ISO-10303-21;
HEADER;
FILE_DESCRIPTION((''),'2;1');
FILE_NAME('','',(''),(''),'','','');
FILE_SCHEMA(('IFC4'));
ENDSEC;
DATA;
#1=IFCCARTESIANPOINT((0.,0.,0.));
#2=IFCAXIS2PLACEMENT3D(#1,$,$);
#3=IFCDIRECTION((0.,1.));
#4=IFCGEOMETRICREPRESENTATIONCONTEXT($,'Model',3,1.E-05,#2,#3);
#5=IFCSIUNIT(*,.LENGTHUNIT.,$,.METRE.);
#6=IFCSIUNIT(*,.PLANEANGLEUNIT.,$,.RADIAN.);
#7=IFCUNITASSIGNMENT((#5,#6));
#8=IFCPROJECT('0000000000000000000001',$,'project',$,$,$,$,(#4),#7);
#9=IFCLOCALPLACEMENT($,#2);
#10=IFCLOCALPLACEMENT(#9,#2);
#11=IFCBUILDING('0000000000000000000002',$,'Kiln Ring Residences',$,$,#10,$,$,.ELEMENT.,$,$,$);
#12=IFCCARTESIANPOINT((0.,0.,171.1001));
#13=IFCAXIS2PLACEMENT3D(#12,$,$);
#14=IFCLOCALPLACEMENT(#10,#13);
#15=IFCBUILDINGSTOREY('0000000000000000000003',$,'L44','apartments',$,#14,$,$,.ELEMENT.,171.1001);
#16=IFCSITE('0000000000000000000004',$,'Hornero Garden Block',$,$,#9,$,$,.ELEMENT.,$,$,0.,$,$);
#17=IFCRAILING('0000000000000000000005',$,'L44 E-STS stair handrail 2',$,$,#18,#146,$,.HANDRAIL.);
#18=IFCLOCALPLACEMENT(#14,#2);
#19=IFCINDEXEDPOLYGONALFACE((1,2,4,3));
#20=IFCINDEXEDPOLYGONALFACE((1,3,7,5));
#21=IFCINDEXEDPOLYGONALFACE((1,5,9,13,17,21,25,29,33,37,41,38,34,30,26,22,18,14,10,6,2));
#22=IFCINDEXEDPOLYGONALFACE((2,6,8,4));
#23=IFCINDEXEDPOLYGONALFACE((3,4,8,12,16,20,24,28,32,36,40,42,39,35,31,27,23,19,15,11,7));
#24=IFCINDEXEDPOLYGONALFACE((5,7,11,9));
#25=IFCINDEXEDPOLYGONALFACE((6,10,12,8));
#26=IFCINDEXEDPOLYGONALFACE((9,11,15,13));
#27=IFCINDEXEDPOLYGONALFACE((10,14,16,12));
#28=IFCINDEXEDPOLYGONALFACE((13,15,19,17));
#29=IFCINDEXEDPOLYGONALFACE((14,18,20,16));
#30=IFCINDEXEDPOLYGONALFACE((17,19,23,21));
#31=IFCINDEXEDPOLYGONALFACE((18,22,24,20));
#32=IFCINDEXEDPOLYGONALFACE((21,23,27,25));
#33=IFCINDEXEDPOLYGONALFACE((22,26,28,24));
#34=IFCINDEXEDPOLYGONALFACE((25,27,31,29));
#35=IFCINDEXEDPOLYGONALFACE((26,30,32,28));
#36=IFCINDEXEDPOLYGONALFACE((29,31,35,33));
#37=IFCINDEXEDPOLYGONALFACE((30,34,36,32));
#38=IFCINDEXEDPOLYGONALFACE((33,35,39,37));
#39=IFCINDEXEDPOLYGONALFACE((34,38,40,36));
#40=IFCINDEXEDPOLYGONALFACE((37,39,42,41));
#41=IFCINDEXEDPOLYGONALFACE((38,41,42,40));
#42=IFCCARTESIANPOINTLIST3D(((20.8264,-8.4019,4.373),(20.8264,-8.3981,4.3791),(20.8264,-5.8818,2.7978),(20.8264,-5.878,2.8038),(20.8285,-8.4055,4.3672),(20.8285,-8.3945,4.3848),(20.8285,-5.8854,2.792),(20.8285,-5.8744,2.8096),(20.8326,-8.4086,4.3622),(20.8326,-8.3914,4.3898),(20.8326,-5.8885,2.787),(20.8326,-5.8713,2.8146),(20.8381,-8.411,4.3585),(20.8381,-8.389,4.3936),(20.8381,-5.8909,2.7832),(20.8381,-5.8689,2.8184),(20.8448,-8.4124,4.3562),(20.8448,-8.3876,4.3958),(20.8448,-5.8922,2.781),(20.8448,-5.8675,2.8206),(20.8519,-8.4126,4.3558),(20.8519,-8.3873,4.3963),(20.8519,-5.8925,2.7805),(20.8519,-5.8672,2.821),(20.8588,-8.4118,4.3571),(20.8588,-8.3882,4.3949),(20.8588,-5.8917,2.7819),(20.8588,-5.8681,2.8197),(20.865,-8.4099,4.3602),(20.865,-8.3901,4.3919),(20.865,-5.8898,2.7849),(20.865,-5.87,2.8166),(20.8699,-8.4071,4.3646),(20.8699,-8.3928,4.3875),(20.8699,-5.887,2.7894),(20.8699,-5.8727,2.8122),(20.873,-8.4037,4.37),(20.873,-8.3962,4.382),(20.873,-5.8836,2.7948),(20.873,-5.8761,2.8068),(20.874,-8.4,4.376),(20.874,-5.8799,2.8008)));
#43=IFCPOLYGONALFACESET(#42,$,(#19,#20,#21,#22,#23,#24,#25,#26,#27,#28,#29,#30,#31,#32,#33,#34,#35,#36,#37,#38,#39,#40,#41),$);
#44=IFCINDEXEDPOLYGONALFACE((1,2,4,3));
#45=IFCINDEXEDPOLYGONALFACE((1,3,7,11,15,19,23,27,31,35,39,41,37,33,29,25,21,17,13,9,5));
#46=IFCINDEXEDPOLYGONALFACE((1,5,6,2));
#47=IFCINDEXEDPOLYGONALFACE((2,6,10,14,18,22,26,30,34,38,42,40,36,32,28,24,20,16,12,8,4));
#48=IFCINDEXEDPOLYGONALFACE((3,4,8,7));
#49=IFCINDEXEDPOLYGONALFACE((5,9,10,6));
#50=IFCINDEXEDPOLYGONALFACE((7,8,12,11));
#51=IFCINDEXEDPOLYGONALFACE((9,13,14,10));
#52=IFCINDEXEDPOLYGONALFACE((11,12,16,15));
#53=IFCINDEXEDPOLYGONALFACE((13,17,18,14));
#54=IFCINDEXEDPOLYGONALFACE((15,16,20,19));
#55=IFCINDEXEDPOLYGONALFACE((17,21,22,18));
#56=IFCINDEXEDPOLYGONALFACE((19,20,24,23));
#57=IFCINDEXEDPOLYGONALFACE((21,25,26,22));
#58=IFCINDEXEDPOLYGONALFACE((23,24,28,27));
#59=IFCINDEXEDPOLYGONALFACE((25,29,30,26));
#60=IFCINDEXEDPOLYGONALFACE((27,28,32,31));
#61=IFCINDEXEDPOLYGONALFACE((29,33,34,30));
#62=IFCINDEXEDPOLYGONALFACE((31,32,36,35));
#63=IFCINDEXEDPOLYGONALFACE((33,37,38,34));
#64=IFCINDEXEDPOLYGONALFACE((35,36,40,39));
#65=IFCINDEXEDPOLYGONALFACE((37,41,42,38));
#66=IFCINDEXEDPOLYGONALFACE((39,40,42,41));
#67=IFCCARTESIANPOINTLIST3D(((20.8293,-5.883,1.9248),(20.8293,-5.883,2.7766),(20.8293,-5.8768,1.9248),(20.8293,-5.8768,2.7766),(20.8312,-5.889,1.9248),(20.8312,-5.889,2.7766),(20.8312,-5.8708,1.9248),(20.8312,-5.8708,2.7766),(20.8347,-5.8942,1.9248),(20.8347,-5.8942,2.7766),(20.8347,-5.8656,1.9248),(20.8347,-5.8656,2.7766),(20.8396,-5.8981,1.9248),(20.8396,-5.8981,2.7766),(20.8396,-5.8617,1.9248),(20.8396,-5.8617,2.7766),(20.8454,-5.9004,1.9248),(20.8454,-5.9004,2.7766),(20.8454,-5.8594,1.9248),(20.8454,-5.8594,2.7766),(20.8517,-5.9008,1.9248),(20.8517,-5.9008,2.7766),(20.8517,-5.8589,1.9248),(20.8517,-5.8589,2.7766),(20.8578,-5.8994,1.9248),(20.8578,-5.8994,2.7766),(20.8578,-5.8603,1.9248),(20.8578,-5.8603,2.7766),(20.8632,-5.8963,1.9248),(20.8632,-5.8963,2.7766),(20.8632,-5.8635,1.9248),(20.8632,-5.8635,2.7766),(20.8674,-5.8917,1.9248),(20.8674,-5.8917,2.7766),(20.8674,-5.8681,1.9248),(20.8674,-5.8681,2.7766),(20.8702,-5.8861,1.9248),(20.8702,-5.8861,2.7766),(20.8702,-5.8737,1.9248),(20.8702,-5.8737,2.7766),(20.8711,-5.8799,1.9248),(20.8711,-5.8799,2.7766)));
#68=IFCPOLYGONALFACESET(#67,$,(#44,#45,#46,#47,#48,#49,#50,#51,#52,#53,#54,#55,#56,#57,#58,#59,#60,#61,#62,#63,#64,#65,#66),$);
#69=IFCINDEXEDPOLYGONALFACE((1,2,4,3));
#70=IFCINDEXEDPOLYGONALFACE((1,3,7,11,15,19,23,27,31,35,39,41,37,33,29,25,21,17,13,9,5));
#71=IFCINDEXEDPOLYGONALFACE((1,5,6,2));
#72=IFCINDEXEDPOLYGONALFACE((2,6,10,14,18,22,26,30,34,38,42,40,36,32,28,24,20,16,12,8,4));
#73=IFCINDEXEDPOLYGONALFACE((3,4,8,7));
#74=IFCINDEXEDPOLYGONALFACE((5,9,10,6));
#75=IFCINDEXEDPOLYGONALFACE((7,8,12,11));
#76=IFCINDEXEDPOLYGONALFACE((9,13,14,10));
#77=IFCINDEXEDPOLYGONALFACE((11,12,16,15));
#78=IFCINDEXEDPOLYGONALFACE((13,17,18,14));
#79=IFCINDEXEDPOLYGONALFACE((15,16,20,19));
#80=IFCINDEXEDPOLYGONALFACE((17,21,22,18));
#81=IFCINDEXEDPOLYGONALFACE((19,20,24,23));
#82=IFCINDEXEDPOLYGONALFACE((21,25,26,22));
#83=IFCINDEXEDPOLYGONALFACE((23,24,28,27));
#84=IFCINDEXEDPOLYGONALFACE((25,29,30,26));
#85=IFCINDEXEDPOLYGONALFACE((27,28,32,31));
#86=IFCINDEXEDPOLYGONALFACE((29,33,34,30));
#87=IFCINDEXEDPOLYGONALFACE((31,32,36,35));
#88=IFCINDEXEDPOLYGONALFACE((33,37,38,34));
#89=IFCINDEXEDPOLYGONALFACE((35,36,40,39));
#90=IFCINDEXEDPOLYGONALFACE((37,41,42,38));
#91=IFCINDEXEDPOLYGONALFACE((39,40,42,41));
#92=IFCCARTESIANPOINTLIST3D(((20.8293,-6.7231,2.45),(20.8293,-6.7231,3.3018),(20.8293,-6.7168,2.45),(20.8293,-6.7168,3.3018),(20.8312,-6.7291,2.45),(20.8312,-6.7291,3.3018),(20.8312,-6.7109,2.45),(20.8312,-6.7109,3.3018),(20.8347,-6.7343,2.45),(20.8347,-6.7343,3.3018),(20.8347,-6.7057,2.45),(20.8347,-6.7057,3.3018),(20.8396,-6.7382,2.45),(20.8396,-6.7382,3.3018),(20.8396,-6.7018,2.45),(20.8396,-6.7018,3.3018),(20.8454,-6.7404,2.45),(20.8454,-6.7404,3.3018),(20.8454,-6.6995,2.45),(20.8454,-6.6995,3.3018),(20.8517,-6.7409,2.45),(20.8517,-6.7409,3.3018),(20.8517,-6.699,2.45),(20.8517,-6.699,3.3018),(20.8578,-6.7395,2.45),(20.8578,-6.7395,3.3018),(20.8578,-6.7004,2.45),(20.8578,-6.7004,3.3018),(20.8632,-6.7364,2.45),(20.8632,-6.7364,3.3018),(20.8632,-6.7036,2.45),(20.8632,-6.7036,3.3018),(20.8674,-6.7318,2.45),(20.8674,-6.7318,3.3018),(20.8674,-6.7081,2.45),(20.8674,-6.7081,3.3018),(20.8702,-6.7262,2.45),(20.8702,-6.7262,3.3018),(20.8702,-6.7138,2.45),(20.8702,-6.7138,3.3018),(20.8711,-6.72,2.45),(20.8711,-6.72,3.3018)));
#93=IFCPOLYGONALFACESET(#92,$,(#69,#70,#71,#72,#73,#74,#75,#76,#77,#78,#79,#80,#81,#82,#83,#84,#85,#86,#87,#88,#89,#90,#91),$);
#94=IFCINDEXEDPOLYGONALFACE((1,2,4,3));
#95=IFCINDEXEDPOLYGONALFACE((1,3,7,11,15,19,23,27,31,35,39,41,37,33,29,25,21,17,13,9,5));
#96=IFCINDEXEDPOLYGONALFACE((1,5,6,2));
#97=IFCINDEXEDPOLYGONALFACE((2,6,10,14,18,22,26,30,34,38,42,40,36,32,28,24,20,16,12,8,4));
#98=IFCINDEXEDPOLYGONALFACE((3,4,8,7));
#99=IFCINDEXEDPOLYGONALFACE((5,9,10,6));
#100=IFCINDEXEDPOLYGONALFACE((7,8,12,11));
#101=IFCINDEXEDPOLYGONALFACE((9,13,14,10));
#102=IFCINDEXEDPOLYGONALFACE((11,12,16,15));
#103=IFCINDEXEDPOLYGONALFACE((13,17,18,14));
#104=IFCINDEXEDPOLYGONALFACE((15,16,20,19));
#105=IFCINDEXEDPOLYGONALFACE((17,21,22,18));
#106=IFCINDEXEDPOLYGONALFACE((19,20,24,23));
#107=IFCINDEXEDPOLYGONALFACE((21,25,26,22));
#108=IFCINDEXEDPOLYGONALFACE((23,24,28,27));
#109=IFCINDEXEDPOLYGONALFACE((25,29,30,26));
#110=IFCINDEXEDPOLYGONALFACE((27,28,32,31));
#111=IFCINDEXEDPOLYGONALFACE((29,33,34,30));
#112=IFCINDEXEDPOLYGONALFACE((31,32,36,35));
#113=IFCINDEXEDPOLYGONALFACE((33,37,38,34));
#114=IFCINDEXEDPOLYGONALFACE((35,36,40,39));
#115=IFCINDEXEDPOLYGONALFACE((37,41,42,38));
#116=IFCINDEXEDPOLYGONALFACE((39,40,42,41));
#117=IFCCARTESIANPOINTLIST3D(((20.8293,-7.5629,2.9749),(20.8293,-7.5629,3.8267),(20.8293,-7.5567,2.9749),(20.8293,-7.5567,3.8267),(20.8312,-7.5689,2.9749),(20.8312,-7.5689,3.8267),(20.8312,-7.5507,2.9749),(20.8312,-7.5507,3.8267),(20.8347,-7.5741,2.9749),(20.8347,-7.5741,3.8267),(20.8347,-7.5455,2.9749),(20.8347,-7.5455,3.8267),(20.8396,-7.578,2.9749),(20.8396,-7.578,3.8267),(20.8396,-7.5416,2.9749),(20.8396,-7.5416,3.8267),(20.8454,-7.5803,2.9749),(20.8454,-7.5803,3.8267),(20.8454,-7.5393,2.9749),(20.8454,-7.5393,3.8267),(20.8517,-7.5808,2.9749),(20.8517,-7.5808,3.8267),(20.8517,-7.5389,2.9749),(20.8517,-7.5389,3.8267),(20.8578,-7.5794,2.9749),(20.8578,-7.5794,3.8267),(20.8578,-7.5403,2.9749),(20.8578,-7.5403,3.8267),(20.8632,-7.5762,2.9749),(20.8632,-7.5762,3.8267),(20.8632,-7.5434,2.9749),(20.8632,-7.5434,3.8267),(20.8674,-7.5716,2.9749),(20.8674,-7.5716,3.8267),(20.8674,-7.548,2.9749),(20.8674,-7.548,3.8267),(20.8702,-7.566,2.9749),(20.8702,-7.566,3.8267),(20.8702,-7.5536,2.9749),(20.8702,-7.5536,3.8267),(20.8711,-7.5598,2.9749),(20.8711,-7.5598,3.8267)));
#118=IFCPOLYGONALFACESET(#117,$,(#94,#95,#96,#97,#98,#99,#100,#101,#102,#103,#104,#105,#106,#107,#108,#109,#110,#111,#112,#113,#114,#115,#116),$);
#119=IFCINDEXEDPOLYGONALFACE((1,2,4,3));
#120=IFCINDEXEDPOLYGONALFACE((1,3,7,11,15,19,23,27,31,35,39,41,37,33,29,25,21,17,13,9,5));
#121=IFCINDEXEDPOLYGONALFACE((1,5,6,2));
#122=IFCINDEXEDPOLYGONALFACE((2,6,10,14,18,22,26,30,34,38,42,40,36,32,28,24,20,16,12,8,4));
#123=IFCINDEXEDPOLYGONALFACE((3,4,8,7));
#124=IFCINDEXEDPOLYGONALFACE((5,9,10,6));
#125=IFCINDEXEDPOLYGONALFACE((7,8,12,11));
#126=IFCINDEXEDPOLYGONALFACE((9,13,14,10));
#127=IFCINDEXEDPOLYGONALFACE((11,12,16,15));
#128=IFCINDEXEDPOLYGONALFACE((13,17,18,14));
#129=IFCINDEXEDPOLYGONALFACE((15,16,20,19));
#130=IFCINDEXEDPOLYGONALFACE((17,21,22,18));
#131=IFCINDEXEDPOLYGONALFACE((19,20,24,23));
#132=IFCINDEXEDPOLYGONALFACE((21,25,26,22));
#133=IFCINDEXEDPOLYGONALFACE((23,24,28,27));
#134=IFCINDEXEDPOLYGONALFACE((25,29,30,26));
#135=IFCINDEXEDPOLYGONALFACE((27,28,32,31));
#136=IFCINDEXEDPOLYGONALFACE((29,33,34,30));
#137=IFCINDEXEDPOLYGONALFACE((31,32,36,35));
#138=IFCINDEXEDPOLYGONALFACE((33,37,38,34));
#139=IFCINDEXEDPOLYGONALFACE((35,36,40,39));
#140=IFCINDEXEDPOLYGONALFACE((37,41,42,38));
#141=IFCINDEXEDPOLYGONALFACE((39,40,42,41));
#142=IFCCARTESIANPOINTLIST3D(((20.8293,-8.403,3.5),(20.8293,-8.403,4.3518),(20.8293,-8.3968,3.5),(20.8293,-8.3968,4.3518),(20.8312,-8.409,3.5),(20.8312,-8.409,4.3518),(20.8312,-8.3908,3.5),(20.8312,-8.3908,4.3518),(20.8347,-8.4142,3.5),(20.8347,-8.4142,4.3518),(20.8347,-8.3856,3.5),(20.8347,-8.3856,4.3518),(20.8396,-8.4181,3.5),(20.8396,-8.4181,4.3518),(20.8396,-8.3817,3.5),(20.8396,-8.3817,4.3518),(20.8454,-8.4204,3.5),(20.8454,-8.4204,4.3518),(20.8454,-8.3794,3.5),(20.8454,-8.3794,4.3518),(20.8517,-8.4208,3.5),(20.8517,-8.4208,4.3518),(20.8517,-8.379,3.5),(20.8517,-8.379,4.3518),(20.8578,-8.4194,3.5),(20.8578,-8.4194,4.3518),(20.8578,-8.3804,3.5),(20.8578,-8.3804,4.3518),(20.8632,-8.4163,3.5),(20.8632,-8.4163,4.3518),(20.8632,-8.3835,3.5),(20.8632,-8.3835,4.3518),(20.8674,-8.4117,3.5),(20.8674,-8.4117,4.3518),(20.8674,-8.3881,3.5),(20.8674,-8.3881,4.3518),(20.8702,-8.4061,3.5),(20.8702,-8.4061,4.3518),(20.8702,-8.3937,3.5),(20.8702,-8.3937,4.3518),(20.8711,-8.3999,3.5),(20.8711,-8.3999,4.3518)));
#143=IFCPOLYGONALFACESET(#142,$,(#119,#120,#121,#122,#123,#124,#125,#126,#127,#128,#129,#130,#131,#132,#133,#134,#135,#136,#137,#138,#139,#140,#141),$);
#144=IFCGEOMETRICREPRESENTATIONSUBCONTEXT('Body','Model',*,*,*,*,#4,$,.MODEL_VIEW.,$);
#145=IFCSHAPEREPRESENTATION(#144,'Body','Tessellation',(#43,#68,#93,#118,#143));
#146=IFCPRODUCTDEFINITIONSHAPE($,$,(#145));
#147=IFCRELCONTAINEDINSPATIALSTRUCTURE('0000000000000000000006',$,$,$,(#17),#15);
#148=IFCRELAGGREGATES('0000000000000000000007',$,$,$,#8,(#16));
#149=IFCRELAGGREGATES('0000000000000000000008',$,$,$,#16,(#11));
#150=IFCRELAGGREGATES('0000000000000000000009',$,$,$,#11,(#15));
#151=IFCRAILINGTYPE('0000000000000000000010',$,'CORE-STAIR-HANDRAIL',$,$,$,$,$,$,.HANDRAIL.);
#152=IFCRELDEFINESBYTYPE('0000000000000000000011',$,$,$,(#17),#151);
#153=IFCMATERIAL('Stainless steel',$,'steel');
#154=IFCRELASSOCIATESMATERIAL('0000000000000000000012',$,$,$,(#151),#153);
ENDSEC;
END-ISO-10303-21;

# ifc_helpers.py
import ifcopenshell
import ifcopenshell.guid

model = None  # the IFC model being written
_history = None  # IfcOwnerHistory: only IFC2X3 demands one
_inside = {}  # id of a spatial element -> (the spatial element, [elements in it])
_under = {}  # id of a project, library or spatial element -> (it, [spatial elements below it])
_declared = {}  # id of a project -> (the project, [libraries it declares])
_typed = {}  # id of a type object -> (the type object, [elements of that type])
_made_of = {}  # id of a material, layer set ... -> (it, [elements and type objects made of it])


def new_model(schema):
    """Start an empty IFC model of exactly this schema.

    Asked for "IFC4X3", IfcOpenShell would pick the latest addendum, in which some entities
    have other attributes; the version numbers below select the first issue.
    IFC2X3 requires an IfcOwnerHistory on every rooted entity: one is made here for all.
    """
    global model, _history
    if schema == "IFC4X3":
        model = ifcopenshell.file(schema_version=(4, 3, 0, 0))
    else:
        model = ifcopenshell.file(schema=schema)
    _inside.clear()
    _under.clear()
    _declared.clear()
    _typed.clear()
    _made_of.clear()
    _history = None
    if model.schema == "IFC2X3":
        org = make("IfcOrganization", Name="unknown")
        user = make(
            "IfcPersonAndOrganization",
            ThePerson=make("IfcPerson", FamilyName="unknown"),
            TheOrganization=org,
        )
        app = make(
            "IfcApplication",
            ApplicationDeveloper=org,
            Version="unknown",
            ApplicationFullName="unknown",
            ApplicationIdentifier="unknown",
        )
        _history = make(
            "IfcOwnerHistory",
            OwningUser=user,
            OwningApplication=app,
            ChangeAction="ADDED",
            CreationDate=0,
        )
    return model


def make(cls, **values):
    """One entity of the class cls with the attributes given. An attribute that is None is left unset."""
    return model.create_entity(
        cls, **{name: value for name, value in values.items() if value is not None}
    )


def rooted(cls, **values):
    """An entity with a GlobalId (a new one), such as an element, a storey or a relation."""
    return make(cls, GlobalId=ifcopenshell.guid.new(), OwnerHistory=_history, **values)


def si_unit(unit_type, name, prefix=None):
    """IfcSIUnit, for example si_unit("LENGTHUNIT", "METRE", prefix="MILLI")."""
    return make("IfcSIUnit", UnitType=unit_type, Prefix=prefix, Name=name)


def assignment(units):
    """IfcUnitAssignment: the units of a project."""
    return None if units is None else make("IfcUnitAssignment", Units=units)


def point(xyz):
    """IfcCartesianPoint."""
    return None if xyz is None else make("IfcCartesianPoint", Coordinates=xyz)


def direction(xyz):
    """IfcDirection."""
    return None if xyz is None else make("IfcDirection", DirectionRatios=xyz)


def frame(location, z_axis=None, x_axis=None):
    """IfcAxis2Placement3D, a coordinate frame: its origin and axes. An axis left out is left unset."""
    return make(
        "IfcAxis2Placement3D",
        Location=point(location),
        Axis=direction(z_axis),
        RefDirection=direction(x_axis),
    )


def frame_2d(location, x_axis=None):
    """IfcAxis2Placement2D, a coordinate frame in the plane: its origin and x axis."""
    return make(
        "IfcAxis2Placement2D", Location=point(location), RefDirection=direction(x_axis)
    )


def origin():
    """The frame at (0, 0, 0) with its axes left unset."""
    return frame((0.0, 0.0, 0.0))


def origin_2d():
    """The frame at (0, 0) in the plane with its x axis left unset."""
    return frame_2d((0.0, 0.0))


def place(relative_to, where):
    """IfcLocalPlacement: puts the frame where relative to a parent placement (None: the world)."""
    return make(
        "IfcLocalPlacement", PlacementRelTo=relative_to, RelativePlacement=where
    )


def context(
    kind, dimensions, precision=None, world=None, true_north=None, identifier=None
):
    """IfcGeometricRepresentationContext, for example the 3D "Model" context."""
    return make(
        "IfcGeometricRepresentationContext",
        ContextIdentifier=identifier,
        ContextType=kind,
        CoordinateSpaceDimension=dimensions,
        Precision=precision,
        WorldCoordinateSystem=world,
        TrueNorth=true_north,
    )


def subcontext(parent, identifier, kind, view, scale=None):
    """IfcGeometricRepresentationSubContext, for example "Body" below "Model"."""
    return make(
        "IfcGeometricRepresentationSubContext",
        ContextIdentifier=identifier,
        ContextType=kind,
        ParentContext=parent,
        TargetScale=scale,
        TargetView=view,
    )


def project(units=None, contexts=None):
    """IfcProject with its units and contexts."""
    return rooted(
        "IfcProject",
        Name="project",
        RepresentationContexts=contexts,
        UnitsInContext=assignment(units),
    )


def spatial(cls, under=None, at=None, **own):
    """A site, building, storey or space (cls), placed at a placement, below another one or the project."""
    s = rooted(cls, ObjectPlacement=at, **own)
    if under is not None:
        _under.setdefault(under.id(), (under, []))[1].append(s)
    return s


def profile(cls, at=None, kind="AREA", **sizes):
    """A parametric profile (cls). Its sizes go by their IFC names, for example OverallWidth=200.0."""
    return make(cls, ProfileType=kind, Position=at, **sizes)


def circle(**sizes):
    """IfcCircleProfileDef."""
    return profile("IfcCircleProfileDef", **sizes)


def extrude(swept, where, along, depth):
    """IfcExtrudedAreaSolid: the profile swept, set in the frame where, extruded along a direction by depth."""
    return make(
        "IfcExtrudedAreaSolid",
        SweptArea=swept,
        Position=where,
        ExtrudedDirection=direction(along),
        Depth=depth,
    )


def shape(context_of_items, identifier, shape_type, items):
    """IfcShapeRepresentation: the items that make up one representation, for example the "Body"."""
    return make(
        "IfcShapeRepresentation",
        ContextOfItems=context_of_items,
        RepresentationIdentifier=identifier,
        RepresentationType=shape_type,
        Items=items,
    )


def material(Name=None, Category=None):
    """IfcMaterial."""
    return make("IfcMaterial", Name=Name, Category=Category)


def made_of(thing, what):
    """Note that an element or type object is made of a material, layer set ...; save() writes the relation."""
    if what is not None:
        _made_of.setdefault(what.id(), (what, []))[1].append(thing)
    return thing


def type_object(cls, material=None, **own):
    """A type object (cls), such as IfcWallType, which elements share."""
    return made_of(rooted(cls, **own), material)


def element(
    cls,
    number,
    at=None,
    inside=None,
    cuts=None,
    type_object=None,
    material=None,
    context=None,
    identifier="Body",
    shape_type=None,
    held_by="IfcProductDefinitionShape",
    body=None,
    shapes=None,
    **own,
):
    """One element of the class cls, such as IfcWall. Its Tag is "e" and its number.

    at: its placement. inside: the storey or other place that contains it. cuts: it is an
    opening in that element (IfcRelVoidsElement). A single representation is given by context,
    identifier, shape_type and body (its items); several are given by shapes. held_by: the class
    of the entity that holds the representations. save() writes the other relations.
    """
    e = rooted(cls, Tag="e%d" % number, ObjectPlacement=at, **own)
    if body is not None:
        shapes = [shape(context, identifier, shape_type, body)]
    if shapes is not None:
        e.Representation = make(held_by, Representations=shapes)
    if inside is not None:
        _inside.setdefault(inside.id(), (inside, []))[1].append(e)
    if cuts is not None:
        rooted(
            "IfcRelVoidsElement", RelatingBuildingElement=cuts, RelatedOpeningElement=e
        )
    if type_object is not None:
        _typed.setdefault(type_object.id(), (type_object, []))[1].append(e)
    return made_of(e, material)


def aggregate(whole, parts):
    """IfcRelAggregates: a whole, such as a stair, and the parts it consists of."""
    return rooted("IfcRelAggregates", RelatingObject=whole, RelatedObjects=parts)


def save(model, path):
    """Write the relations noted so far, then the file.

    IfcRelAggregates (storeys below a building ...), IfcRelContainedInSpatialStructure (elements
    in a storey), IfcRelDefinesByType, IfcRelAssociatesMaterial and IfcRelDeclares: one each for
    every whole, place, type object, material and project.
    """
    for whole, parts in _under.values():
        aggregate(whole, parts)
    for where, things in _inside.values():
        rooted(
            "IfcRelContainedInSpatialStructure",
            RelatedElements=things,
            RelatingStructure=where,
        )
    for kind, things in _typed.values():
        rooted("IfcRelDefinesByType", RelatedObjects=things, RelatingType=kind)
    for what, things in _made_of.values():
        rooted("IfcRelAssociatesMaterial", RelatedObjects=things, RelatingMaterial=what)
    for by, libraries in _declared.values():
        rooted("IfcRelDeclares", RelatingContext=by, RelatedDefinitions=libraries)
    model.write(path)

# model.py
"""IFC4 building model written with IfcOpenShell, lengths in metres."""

from ifc_helpers import new_model, si_unit, direction, frame, origin, origin_2d, place, context, subcontext, project, spatial, circle, extrude, material, type_object, element, save


model = new_model("IFC4")

# Units and contexts
model_context = context("Model", 3, precision=1e-05, world=origin(), true_north=direction((0.0, 1.0)))
body_context = subcontext(model_context, "Body", "Model", "MODEL_VIEW")
ifc_project = project(units=[si_unit("LENGTHUNIT", "METRE"), si_unit("PLANEANGLEUNIT", "RADIAN")], contexts=[model_context])

# Site, building, storey
site_placement = place(None, origin())
site = spatial("IfcSite", under=ifc_project, at=site_placement, Name="Hornero Garden Block", CompositionType="ELEMENT", RefElevation=0.0)
building_placement = place(site_placement, origin())
building = spatial("IfcBuilding", under=site, at=building_placement, Name="Kiln Ring Residences", CompositionType="ELEMENT")
storey_placement = place(building_placement, frame((0.0, 0.0, 171.1001)))
storey = spatial("IfcBuildingStorey", under=building, at=storey_placement, Name="L44", Description="apartments", CompositionType="ELEMENT", Elevation=171.1001)

# Railing
ifc_material_1 = material(Name="Stainless steel", Category="steel")
railing_type_1 = type_object("IfcRailingType", Name="CORE-STAIR-HANDRAIL", PredefinedType="HANDRAIL", material=ifc_material_1)
railing_1_placement = place(storey_placement, frame((20.8501, -5.8799, 1.9248)))
element("IfcRailing", 1, at=railing_1_placement, inside=storey, type_object=railing_type_1, Name="L44 E-STS stair handrail 2", PredefinedType="HANDRAIL", context=body_context, shape_type="SweptSolid", body=[
    extrude(circle(Radius=0.0239, at=origin_2d()), frame((0.0, 0.0, 0.876), z_axis=(0.0, -0.847971, 0.530043), x_axis=(1.0, 0.0, 0.0)), (0.0, 0.0, 1.0), 2.9719),
    extrude(circle(Radius=0.021, at=origin_2d()), origin(), (0.0, 0.0, 1.0), 0.8518),
    extrude(circle(Radius=0.021, at=origin_2d()), frame((0.0, -0.8401, 0.5251)), (0.0, 0.0, 1.0), 0.8518),
    extrude(circle(Radius=0.021, at=origin_2d()), frame((0.0, -1.6799, 1.05)), (0.0, 0.0, 1.0), 0.8518),
    extrude(circle(Radius=0.021, at=origin_2d()), frame((0.0, -2.52, 1.5752)), (0.0, 0.0, 1.0), 0.8518),
])

save(model, "model.ifc")
